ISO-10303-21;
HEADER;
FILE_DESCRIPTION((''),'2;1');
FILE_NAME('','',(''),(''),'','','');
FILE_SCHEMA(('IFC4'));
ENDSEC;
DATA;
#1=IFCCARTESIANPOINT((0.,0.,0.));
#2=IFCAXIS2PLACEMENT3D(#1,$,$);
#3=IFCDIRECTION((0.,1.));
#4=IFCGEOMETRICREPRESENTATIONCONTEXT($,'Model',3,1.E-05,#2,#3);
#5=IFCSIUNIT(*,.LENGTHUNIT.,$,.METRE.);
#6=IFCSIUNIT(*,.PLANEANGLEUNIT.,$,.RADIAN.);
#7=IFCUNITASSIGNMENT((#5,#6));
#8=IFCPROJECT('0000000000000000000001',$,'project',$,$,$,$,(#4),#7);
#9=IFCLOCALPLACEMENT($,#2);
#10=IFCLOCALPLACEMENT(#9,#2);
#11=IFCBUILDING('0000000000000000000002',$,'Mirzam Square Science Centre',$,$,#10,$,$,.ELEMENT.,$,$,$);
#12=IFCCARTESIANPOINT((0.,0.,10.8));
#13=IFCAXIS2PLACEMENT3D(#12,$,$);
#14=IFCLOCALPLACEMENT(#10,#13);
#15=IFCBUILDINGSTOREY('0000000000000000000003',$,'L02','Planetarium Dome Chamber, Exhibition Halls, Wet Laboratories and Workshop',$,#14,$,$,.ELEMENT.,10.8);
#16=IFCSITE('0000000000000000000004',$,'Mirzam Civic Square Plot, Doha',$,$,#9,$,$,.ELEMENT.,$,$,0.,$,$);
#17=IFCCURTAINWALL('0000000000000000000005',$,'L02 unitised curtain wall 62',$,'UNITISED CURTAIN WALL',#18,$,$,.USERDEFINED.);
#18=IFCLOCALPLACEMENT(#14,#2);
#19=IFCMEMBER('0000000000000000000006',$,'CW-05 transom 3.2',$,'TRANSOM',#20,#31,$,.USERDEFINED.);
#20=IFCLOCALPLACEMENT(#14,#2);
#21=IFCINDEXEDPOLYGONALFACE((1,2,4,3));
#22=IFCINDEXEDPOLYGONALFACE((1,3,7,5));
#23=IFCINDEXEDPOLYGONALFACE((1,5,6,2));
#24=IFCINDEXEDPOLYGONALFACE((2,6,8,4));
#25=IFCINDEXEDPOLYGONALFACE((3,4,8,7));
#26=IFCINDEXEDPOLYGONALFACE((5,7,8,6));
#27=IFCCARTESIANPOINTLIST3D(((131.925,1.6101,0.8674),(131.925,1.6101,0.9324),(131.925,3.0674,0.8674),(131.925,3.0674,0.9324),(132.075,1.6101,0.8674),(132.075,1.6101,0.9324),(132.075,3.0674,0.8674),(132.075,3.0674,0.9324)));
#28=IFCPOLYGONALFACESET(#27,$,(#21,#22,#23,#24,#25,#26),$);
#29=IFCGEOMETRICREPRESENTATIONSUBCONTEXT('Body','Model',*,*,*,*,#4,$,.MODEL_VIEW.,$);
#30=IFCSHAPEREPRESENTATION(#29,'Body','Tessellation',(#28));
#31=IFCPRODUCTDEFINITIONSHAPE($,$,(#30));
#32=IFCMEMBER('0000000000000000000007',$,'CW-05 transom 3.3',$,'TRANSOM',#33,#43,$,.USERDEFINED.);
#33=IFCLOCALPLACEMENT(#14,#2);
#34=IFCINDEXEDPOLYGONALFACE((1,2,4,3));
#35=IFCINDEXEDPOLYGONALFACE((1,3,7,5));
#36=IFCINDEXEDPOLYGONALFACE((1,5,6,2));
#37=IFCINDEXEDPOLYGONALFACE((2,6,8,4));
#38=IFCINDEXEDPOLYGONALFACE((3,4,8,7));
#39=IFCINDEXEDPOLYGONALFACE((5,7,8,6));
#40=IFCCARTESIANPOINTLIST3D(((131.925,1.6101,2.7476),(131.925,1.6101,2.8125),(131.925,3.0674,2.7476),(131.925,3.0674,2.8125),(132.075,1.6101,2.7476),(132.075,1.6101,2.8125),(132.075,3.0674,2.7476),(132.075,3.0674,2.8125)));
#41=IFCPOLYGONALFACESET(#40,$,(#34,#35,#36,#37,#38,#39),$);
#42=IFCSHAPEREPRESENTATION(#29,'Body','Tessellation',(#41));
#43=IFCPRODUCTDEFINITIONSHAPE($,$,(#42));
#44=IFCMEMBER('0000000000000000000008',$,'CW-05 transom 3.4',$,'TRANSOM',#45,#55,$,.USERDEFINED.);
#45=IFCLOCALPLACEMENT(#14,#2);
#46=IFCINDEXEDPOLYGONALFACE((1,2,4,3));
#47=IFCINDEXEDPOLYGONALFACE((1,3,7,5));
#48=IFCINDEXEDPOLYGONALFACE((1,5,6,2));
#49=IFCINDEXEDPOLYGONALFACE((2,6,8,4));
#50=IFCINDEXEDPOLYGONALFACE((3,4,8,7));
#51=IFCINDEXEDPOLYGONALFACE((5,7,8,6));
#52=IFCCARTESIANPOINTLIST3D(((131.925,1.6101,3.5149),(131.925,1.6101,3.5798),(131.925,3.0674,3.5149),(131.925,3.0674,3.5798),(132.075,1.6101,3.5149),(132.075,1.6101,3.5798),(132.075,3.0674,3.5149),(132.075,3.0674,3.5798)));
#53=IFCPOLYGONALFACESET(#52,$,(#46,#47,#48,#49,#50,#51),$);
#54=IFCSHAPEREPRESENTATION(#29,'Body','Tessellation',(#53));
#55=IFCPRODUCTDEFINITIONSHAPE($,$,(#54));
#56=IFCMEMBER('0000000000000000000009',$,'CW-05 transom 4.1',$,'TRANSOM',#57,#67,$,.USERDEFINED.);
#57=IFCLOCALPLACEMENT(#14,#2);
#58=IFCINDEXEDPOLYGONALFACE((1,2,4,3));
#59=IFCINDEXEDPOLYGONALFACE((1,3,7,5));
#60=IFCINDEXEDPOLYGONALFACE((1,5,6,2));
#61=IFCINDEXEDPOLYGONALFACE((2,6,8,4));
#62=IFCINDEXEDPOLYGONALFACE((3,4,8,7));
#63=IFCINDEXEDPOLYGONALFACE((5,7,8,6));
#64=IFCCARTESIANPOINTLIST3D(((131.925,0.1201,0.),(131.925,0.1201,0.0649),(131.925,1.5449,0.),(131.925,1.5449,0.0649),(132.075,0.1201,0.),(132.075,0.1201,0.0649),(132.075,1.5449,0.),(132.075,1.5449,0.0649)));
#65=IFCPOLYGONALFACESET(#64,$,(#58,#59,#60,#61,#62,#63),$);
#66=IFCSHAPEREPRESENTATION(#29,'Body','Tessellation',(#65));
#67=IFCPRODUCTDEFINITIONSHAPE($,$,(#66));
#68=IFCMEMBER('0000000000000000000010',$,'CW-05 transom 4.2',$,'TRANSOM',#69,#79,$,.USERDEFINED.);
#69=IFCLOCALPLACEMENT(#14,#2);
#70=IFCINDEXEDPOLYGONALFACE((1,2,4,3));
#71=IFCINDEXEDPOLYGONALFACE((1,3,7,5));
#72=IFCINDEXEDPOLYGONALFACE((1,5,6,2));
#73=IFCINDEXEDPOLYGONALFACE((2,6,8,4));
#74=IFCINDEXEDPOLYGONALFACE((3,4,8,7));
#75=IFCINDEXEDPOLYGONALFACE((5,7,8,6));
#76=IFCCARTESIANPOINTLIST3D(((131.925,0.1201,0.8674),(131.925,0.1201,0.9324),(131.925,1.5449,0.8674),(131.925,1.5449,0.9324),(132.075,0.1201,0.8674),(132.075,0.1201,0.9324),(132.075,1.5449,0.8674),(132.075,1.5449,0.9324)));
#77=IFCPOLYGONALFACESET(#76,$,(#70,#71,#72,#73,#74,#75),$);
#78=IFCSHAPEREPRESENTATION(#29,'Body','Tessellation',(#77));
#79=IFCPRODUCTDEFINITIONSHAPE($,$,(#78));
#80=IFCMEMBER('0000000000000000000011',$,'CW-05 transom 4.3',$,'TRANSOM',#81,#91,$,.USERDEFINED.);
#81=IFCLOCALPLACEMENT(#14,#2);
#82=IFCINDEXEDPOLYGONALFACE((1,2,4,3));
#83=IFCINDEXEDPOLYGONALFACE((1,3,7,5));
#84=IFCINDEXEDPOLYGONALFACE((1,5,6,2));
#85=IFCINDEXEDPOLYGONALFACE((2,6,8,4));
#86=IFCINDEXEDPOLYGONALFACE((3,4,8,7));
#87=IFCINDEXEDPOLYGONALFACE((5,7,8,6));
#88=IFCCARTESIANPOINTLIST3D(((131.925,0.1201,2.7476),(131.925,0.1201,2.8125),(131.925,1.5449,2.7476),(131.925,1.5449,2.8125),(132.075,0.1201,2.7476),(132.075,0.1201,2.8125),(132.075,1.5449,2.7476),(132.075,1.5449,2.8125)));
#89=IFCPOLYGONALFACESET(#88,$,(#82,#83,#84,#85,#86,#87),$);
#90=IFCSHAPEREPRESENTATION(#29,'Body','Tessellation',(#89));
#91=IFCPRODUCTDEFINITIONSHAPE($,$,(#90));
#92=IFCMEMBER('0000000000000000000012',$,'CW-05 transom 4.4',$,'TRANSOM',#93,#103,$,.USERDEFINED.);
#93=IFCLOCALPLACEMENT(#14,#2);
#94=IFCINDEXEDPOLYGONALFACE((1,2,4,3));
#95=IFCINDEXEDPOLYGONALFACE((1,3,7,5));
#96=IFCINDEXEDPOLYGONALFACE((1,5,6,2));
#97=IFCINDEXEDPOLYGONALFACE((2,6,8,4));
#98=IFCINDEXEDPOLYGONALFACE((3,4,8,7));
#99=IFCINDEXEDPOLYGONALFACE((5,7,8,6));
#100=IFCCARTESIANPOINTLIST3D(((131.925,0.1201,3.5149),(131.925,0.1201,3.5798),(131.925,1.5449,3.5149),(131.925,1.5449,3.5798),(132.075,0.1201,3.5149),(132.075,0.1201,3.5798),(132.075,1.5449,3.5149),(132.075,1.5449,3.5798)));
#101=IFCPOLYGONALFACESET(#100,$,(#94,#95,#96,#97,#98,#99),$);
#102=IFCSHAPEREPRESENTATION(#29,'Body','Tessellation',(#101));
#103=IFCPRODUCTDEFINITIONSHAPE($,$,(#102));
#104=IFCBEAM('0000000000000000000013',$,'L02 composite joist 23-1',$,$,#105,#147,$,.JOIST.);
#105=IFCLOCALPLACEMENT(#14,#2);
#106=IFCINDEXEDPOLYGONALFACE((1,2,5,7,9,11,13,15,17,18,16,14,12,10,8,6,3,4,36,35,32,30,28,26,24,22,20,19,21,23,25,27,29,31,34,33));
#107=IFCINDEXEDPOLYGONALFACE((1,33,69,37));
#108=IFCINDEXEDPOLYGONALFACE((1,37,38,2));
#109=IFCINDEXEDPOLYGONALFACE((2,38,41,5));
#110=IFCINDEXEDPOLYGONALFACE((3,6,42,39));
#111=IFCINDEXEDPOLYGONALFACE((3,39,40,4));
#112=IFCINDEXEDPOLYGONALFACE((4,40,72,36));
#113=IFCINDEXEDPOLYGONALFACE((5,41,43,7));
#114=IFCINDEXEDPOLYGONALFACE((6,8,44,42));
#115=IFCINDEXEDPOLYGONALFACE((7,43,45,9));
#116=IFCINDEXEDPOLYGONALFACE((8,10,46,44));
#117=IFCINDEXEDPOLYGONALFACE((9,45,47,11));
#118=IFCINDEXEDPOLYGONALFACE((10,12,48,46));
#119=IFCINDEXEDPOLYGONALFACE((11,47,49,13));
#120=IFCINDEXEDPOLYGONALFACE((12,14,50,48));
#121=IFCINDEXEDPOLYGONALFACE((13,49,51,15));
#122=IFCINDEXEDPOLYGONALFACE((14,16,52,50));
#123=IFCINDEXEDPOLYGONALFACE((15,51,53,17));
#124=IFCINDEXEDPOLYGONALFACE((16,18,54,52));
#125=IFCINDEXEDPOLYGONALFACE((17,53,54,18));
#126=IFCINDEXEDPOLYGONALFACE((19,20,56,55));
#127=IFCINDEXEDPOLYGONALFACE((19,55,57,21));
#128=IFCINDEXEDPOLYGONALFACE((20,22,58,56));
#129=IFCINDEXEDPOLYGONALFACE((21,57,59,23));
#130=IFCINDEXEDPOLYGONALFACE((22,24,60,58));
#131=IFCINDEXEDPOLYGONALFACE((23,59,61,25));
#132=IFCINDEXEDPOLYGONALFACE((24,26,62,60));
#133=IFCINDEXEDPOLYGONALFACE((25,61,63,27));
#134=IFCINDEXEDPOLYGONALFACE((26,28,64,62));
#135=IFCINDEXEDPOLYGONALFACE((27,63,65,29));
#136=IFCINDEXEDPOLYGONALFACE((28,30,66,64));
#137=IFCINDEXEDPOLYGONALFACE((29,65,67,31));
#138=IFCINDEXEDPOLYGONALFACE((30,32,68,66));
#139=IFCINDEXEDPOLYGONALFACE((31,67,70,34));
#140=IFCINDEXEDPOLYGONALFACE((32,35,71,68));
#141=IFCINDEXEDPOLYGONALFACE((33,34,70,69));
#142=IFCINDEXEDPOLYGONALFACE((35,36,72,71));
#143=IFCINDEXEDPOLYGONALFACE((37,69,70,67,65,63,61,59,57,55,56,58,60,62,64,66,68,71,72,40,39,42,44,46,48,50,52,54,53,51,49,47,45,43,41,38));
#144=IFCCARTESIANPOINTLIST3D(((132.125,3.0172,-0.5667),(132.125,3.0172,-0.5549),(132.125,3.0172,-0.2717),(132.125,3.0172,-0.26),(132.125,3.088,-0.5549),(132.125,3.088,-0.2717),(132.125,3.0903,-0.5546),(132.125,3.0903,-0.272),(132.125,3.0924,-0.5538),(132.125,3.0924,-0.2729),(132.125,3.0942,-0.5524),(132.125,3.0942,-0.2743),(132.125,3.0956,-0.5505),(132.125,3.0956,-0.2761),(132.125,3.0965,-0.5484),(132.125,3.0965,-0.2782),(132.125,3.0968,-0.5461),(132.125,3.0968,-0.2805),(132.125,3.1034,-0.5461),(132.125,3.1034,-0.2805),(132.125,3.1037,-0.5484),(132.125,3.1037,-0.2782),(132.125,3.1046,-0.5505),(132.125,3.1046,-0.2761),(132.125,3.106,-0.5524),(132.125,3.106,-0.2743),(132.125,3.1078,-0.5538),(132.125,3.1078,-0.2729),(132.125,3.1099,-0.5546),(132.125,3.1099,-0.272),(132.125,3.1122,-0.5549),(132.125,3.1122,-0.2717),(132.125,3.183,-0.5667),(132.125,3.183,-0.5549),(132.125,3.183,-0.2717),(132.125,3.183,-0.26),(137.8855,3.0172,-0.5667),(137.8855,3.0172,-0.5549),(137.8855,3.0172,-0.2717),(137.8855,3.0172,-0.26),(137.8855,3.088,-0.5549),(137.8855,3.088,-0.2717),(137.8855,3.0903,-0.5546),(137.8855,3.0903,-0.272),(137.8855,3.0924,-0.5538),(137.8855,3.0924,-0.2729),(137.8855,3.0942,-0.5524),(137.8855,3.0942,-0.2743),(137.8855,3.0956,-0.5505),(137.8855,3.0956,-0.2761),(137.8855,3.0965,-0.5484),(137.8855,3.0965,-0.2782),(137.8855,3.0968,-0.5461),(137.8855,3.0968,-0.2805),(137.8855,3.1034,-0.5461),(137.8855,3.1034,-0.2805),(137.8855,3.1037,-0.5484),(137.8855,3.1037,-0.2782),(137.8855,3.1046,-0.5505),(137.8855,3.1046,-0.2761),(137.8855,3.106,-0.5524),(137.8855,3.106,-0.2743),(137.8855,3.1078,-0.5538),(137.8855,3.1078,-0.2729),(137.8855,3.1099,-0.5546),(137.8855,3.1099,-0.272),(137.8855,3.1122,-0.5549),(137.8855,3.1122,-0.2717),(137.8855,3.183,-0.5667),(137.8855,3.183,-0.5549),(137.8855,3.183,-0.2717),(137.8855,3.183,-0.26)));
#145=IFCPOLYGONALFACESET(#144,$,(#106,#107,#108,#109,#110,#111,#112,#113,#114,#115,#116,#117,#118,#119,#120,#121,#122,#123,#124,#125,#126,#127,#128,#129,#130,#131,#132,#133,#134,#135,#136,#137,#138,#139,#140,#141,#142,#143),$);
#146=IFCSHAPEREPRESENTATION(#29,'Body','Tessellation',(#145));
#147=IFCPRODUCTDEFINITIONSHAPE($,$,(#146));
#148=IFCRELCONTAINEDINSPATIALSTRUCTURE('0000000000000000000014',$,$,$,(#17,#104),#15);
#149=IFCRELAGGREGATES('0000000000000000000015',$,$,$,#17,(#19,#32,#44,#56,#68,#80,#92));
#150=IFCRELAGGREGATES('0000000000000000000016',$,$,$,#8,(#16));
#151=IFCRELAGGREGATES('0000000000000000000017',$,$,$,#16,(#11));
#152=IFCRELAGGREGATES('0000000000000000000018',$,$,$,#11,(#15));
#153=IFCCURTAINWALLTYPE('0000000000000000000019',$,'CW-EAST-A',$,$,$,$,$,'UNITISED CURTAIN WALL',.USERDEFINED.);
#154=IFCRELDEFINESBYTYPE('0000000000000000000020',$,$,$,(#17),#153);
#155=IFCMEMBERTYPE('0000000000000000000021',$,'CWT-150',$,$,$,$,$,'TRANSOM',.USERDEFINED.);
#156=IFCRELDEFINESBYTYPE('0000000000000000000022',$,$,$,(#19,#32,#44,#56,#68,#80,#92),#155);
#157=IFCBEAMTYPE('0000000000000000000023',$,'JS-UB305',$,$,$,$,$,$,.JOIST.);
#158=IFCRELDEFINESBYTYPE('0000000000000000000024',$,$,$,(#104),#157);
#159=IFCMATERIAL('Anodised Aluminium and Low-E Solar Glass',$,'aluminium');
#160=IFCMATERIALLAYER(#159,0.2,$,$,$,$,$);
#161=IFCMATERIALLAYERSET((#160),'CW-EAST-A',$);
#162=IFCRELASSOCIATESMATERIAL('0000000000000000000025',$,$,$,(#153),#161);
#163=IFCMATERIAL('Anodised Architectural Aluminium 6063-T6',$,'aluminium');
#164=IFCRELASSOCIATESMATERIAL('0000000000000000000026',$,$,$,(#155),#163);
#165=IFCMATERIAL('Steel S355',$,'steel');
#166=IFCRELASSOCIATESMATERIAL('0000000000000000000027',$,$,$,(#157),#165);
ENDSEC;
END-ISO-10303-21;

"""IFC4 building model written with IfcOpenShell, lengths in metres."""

from ifc_helpers import new_model, si_unit, direction, frame, origin, origin_2d, place, context, subcontext, project, spatial, rectangle, i_section, extrude, material, layer, layer_set, material_profile, profile_set, type_object, element, aggregate, save


model = new_model("IFC4")

# Units and contexts
model_context = context("Model", 3, precision=1e-05, world=origin(), true_north=direction((0.0, 1.0)))
body_context = subcontext(model_context, "Body", "Model", "MODEL_VIEW")
ifc_project = project(units=[si_unit("LENGTHUNIT", "METRE"), si_unit("PLANEANGLEUNIT", "RADIAN")], contexts=[model_context])

# Site, building, storey
site_placement = place(None, origin())
site = spatial("IfcSite", under=ifc_project, at=site_placement, Name="Mirzam Civic Square Plot, Doha", CompositionType="ELEMENT", RefElevation=0.0)
building_placement = place(site_placement, origin())
building = spatial("IfcBuilding", under=site, at=building_placement, Name="Mirzam Square Science Centre", CompositionType="ELEMENT")
storey_placement = place(building_placement, frame((0.0, 0.0, 10.8)))
storey = spatial("IfcBuildingStorey", under=building, at=storey_placement, Name="L02", Description="Planetarium Dome Chamber, Exhibition Halls, Wet Laboratories and Workshop", CompositionType="ELEMENT", Elevation=10.8)

# Shared definitions
ifc_material_1 = material(Name="Steel S355", Category="steel")

# Curtain wall, members
ifc_material_2 = material(Name="Anodised Aluminium and Low-E Solar Glass", Category="aluminium")
ifc_layer_1 = layer(ifc_material_2, 0.2)
ifc_layer_set_1 = layer_set([ifc_layer_1], Name="CW-EAST-A")
curtain_wall_type = type_object("IfcCurtainWallType", Name="CW-EAST-A", ElementType="UNITISED CURTAIN WALL", PredefinedType="USERDEFINED", material=ifc_layer_set_1)
curtain_wall_placement = place(storey_placement, origin())
curtain_wall = element("IfcCurtainWall", 1, at=curtain_wall_placement, inside=storey, type_object=curtain_wall_type, Name="L02 unitised curtain wall 62", ObjectType="UNITISED CURTAIN WALL", PredefinedType="USERDEFINED")
ifc_material_3 = material(Name="Anodised Architectural Aluminium 6063-T6", Category="aluminium")
ifc_material_profile_1 = material_profile(ifc_material_3, rectangle(XDim=0.1499, YDim=0.0649, at=origin_2d()), Name="ALU-TRAN-150x65x4")
ifc_profile_set_1 = profile_set([ifc_material_profile_1], Name="Anodised Architectural Aluminium 6063-T6")
member_type_1 = type_object("IfcMemberType", Name="CWT-150", ElementType="TRANSOM", PredefinedType="USERDEFINED", material=ifc_profile_set_1)
member_1_placement = place(storey_placement, frame((132.0, 3.0674, 0.8999), z_axis=(0.0, -1.0, 0.0), x_axis=(1.0, 0.0, 0.0)))
member_1 = element("IfcMember", 2, at=member_1_placement, type_object=member_type_1, Name="CW-05 transom 3.2", ObjectType="TRANSOM", PredefinedType="USERDEFINED", context=body_context, shape_type="SweptSolid", body=[
    extrude(rectangle(XDim=0.1499, YDim=0.0649, at=origin_2d()), origin(), (0.0, 0.0, 1.0), 1.4573),
])
member_2_placement = place(storey_placement, frame((132.0, 3.0674, 2.78), z_axis=(0.0, -1.0, 0.0), x_axis=(1.0, 0.0, 0.0)))
member_2 = element("IfcMember", 3, at=member_2_placement, type_object=member_type_1, Name="CW-05 transom 3.3", ObjectType="TRANSOM", PredefinedType="USERDEFINED", context=body_context, shape_type="SweptSolid", body=[
    extrude(rectangle(XDim=0.1499, YDim=0.0649, at=origin_2d()), origin(), (0.0, 0.0, 1.0), 1.4573),
])
member_3_placement = place(storey_placement, frame((132.0, 3.0674, 3.5474), z_axis=(0.0, -1.0, 0.0), x_axis=(1.0, 0.0, 0.0)))
member_3 = element("IfcMember", 4, at=member_3_placement, type_object=member_type_1, Name="CW-05 transom 3.4", ObjectType="TRANSOM", PredefinedType="USERDEFINED", context=body_context, shape_type="SweptSolid", body=[
    extrude(rectangle(XDim=0.1499, YDim=0.0649, at=origin_2d()), origin(), (0.0, 0.0, 1.0), 1.4573),
])
member_4_placement = place(storey_placement, frame((132.0, 1.5449, 0.0325), z_axis=(0.0, -1.0, 0.0), x_axis=(1.0, 0.0, 0.0)))
member_4 = element("IfcMember", 5, at=member_4_placement, type_object=member_type_1, Name="CW-05 transom 4.1", ObjectType="TRANSOM", PredefinedType="USERDEFINED", context=body_context, shape_type="SweptSolid", body=[
    extrude(rectangle(XDim=0.1499, YDim=0.0649, at=origin_2d()), origin(), (0.0, 0.0, 1.0), 1.4248),
])
member_5_placement = place(storey_placement, frame((132.0, 1.5449, 0.8999), z_axis=(0.0, -1.0, 0.0), x_axis=(1.0, 0.0, 0.0)))
member_5 = element("IfcMember", 6, at=member_5_placement, type_object=member_type_1, Name="CW-05 transom 4.2", ObjectType="TRANSOM", PredefinedType="USERDEFINED", context=body_context, shape_type="SweptSolid", body=[
    extrude(rectangle(XDim=0.1499, YDim=0.0649, at=origin_2d()), origin(), (0.0, 0.0, 1.0), 1.4248),
])
member_6_placement = place(storey_placement, frame((132.0, 1.5449, 2.78), z_axis=(0.0, -1.0, 0.0), x_axis=(1.0, 0.0, 0.0)))
member_6 = element("IfcMember", 7, at=member_6_placement, type_object=member_type_1, Name="CW-05 transom 4.3", ObjectType="TRANSOM", PredefinedType="USERDEFINED", context=body_context, shape_type="SweptSolid", body=[
    extrude(rectangle(XDim=0.1499, YDim=0.0649, at=origin_2d()), origin(), (0.0, 0.0, 1.0), 1.4248),
])
member_7_placement = place(storey_placement, frame((132.0, 1.5449, 3.5474), z_axis=(0.0, -1.0, 0.0), x_axis=(1.0, 0.0, 0.0)))
member_7 = element("IfcMember", 8, at=member_7_placement, type_object=member_type_1, Name="CW-05 transom 4.4", ObjectType="TRANSOM", PredefinedType="USERDEFINED", context=body_context, shape_type="SweptSolid", body=[
    extrude(rectangle(XDim=0.1499, YDim=0.0649, at=origin_2d()), origin(), (0.0, 0.0, 1.0), 1.4248),
])

# Beam
ifc_material_profile_2 = material_profile(ifc_material_1, i_section(OverallWidth=0.1658, OverallDepth=0.3066, WebThickness=0.0066, FlangeThickness=0.0117, FilletRadius=0.0088, at=origin_2d()), Name="305x165x46UB")
ifc_profile_set_2 = profile_set([ifc_material_profile_2], Name="Steel S355")
beam_type_1 = type_object("IfcBeamType", Name="JS-UB305", PredefinedType="JOIST", material=ifc_profile_set_2)
beam_1_placement = place(storey_placement, frame((132.125, 3.1001, -0.4133), z_axis=(1.0, 0.0, 0.0), x_axis=(0.0, 1.0, 0.0)))
element("IfcBeam", 9, at=beam_1_placement, inside=storey, type_object=beam_type_1, Name="L02 composite joist 23-1", PredefinedType="JOIST", context=body_context, shape_type="SweptSolid", body=[
    extrude(i_section(OverallWidth=0.1658, OverallDepth=0.3066, WebThickness=0.0066, FlangeThickness=0.0117, FilletRadius=0.0088, at=origin_2d()), origin(), (0.0, 0.0, 1.0), 5.7605),
])

aggregate(curtain_wall, [member_1, member_2, member_3, member_4, member_5, member_6, member_7])

save(model, "model.ifc")
